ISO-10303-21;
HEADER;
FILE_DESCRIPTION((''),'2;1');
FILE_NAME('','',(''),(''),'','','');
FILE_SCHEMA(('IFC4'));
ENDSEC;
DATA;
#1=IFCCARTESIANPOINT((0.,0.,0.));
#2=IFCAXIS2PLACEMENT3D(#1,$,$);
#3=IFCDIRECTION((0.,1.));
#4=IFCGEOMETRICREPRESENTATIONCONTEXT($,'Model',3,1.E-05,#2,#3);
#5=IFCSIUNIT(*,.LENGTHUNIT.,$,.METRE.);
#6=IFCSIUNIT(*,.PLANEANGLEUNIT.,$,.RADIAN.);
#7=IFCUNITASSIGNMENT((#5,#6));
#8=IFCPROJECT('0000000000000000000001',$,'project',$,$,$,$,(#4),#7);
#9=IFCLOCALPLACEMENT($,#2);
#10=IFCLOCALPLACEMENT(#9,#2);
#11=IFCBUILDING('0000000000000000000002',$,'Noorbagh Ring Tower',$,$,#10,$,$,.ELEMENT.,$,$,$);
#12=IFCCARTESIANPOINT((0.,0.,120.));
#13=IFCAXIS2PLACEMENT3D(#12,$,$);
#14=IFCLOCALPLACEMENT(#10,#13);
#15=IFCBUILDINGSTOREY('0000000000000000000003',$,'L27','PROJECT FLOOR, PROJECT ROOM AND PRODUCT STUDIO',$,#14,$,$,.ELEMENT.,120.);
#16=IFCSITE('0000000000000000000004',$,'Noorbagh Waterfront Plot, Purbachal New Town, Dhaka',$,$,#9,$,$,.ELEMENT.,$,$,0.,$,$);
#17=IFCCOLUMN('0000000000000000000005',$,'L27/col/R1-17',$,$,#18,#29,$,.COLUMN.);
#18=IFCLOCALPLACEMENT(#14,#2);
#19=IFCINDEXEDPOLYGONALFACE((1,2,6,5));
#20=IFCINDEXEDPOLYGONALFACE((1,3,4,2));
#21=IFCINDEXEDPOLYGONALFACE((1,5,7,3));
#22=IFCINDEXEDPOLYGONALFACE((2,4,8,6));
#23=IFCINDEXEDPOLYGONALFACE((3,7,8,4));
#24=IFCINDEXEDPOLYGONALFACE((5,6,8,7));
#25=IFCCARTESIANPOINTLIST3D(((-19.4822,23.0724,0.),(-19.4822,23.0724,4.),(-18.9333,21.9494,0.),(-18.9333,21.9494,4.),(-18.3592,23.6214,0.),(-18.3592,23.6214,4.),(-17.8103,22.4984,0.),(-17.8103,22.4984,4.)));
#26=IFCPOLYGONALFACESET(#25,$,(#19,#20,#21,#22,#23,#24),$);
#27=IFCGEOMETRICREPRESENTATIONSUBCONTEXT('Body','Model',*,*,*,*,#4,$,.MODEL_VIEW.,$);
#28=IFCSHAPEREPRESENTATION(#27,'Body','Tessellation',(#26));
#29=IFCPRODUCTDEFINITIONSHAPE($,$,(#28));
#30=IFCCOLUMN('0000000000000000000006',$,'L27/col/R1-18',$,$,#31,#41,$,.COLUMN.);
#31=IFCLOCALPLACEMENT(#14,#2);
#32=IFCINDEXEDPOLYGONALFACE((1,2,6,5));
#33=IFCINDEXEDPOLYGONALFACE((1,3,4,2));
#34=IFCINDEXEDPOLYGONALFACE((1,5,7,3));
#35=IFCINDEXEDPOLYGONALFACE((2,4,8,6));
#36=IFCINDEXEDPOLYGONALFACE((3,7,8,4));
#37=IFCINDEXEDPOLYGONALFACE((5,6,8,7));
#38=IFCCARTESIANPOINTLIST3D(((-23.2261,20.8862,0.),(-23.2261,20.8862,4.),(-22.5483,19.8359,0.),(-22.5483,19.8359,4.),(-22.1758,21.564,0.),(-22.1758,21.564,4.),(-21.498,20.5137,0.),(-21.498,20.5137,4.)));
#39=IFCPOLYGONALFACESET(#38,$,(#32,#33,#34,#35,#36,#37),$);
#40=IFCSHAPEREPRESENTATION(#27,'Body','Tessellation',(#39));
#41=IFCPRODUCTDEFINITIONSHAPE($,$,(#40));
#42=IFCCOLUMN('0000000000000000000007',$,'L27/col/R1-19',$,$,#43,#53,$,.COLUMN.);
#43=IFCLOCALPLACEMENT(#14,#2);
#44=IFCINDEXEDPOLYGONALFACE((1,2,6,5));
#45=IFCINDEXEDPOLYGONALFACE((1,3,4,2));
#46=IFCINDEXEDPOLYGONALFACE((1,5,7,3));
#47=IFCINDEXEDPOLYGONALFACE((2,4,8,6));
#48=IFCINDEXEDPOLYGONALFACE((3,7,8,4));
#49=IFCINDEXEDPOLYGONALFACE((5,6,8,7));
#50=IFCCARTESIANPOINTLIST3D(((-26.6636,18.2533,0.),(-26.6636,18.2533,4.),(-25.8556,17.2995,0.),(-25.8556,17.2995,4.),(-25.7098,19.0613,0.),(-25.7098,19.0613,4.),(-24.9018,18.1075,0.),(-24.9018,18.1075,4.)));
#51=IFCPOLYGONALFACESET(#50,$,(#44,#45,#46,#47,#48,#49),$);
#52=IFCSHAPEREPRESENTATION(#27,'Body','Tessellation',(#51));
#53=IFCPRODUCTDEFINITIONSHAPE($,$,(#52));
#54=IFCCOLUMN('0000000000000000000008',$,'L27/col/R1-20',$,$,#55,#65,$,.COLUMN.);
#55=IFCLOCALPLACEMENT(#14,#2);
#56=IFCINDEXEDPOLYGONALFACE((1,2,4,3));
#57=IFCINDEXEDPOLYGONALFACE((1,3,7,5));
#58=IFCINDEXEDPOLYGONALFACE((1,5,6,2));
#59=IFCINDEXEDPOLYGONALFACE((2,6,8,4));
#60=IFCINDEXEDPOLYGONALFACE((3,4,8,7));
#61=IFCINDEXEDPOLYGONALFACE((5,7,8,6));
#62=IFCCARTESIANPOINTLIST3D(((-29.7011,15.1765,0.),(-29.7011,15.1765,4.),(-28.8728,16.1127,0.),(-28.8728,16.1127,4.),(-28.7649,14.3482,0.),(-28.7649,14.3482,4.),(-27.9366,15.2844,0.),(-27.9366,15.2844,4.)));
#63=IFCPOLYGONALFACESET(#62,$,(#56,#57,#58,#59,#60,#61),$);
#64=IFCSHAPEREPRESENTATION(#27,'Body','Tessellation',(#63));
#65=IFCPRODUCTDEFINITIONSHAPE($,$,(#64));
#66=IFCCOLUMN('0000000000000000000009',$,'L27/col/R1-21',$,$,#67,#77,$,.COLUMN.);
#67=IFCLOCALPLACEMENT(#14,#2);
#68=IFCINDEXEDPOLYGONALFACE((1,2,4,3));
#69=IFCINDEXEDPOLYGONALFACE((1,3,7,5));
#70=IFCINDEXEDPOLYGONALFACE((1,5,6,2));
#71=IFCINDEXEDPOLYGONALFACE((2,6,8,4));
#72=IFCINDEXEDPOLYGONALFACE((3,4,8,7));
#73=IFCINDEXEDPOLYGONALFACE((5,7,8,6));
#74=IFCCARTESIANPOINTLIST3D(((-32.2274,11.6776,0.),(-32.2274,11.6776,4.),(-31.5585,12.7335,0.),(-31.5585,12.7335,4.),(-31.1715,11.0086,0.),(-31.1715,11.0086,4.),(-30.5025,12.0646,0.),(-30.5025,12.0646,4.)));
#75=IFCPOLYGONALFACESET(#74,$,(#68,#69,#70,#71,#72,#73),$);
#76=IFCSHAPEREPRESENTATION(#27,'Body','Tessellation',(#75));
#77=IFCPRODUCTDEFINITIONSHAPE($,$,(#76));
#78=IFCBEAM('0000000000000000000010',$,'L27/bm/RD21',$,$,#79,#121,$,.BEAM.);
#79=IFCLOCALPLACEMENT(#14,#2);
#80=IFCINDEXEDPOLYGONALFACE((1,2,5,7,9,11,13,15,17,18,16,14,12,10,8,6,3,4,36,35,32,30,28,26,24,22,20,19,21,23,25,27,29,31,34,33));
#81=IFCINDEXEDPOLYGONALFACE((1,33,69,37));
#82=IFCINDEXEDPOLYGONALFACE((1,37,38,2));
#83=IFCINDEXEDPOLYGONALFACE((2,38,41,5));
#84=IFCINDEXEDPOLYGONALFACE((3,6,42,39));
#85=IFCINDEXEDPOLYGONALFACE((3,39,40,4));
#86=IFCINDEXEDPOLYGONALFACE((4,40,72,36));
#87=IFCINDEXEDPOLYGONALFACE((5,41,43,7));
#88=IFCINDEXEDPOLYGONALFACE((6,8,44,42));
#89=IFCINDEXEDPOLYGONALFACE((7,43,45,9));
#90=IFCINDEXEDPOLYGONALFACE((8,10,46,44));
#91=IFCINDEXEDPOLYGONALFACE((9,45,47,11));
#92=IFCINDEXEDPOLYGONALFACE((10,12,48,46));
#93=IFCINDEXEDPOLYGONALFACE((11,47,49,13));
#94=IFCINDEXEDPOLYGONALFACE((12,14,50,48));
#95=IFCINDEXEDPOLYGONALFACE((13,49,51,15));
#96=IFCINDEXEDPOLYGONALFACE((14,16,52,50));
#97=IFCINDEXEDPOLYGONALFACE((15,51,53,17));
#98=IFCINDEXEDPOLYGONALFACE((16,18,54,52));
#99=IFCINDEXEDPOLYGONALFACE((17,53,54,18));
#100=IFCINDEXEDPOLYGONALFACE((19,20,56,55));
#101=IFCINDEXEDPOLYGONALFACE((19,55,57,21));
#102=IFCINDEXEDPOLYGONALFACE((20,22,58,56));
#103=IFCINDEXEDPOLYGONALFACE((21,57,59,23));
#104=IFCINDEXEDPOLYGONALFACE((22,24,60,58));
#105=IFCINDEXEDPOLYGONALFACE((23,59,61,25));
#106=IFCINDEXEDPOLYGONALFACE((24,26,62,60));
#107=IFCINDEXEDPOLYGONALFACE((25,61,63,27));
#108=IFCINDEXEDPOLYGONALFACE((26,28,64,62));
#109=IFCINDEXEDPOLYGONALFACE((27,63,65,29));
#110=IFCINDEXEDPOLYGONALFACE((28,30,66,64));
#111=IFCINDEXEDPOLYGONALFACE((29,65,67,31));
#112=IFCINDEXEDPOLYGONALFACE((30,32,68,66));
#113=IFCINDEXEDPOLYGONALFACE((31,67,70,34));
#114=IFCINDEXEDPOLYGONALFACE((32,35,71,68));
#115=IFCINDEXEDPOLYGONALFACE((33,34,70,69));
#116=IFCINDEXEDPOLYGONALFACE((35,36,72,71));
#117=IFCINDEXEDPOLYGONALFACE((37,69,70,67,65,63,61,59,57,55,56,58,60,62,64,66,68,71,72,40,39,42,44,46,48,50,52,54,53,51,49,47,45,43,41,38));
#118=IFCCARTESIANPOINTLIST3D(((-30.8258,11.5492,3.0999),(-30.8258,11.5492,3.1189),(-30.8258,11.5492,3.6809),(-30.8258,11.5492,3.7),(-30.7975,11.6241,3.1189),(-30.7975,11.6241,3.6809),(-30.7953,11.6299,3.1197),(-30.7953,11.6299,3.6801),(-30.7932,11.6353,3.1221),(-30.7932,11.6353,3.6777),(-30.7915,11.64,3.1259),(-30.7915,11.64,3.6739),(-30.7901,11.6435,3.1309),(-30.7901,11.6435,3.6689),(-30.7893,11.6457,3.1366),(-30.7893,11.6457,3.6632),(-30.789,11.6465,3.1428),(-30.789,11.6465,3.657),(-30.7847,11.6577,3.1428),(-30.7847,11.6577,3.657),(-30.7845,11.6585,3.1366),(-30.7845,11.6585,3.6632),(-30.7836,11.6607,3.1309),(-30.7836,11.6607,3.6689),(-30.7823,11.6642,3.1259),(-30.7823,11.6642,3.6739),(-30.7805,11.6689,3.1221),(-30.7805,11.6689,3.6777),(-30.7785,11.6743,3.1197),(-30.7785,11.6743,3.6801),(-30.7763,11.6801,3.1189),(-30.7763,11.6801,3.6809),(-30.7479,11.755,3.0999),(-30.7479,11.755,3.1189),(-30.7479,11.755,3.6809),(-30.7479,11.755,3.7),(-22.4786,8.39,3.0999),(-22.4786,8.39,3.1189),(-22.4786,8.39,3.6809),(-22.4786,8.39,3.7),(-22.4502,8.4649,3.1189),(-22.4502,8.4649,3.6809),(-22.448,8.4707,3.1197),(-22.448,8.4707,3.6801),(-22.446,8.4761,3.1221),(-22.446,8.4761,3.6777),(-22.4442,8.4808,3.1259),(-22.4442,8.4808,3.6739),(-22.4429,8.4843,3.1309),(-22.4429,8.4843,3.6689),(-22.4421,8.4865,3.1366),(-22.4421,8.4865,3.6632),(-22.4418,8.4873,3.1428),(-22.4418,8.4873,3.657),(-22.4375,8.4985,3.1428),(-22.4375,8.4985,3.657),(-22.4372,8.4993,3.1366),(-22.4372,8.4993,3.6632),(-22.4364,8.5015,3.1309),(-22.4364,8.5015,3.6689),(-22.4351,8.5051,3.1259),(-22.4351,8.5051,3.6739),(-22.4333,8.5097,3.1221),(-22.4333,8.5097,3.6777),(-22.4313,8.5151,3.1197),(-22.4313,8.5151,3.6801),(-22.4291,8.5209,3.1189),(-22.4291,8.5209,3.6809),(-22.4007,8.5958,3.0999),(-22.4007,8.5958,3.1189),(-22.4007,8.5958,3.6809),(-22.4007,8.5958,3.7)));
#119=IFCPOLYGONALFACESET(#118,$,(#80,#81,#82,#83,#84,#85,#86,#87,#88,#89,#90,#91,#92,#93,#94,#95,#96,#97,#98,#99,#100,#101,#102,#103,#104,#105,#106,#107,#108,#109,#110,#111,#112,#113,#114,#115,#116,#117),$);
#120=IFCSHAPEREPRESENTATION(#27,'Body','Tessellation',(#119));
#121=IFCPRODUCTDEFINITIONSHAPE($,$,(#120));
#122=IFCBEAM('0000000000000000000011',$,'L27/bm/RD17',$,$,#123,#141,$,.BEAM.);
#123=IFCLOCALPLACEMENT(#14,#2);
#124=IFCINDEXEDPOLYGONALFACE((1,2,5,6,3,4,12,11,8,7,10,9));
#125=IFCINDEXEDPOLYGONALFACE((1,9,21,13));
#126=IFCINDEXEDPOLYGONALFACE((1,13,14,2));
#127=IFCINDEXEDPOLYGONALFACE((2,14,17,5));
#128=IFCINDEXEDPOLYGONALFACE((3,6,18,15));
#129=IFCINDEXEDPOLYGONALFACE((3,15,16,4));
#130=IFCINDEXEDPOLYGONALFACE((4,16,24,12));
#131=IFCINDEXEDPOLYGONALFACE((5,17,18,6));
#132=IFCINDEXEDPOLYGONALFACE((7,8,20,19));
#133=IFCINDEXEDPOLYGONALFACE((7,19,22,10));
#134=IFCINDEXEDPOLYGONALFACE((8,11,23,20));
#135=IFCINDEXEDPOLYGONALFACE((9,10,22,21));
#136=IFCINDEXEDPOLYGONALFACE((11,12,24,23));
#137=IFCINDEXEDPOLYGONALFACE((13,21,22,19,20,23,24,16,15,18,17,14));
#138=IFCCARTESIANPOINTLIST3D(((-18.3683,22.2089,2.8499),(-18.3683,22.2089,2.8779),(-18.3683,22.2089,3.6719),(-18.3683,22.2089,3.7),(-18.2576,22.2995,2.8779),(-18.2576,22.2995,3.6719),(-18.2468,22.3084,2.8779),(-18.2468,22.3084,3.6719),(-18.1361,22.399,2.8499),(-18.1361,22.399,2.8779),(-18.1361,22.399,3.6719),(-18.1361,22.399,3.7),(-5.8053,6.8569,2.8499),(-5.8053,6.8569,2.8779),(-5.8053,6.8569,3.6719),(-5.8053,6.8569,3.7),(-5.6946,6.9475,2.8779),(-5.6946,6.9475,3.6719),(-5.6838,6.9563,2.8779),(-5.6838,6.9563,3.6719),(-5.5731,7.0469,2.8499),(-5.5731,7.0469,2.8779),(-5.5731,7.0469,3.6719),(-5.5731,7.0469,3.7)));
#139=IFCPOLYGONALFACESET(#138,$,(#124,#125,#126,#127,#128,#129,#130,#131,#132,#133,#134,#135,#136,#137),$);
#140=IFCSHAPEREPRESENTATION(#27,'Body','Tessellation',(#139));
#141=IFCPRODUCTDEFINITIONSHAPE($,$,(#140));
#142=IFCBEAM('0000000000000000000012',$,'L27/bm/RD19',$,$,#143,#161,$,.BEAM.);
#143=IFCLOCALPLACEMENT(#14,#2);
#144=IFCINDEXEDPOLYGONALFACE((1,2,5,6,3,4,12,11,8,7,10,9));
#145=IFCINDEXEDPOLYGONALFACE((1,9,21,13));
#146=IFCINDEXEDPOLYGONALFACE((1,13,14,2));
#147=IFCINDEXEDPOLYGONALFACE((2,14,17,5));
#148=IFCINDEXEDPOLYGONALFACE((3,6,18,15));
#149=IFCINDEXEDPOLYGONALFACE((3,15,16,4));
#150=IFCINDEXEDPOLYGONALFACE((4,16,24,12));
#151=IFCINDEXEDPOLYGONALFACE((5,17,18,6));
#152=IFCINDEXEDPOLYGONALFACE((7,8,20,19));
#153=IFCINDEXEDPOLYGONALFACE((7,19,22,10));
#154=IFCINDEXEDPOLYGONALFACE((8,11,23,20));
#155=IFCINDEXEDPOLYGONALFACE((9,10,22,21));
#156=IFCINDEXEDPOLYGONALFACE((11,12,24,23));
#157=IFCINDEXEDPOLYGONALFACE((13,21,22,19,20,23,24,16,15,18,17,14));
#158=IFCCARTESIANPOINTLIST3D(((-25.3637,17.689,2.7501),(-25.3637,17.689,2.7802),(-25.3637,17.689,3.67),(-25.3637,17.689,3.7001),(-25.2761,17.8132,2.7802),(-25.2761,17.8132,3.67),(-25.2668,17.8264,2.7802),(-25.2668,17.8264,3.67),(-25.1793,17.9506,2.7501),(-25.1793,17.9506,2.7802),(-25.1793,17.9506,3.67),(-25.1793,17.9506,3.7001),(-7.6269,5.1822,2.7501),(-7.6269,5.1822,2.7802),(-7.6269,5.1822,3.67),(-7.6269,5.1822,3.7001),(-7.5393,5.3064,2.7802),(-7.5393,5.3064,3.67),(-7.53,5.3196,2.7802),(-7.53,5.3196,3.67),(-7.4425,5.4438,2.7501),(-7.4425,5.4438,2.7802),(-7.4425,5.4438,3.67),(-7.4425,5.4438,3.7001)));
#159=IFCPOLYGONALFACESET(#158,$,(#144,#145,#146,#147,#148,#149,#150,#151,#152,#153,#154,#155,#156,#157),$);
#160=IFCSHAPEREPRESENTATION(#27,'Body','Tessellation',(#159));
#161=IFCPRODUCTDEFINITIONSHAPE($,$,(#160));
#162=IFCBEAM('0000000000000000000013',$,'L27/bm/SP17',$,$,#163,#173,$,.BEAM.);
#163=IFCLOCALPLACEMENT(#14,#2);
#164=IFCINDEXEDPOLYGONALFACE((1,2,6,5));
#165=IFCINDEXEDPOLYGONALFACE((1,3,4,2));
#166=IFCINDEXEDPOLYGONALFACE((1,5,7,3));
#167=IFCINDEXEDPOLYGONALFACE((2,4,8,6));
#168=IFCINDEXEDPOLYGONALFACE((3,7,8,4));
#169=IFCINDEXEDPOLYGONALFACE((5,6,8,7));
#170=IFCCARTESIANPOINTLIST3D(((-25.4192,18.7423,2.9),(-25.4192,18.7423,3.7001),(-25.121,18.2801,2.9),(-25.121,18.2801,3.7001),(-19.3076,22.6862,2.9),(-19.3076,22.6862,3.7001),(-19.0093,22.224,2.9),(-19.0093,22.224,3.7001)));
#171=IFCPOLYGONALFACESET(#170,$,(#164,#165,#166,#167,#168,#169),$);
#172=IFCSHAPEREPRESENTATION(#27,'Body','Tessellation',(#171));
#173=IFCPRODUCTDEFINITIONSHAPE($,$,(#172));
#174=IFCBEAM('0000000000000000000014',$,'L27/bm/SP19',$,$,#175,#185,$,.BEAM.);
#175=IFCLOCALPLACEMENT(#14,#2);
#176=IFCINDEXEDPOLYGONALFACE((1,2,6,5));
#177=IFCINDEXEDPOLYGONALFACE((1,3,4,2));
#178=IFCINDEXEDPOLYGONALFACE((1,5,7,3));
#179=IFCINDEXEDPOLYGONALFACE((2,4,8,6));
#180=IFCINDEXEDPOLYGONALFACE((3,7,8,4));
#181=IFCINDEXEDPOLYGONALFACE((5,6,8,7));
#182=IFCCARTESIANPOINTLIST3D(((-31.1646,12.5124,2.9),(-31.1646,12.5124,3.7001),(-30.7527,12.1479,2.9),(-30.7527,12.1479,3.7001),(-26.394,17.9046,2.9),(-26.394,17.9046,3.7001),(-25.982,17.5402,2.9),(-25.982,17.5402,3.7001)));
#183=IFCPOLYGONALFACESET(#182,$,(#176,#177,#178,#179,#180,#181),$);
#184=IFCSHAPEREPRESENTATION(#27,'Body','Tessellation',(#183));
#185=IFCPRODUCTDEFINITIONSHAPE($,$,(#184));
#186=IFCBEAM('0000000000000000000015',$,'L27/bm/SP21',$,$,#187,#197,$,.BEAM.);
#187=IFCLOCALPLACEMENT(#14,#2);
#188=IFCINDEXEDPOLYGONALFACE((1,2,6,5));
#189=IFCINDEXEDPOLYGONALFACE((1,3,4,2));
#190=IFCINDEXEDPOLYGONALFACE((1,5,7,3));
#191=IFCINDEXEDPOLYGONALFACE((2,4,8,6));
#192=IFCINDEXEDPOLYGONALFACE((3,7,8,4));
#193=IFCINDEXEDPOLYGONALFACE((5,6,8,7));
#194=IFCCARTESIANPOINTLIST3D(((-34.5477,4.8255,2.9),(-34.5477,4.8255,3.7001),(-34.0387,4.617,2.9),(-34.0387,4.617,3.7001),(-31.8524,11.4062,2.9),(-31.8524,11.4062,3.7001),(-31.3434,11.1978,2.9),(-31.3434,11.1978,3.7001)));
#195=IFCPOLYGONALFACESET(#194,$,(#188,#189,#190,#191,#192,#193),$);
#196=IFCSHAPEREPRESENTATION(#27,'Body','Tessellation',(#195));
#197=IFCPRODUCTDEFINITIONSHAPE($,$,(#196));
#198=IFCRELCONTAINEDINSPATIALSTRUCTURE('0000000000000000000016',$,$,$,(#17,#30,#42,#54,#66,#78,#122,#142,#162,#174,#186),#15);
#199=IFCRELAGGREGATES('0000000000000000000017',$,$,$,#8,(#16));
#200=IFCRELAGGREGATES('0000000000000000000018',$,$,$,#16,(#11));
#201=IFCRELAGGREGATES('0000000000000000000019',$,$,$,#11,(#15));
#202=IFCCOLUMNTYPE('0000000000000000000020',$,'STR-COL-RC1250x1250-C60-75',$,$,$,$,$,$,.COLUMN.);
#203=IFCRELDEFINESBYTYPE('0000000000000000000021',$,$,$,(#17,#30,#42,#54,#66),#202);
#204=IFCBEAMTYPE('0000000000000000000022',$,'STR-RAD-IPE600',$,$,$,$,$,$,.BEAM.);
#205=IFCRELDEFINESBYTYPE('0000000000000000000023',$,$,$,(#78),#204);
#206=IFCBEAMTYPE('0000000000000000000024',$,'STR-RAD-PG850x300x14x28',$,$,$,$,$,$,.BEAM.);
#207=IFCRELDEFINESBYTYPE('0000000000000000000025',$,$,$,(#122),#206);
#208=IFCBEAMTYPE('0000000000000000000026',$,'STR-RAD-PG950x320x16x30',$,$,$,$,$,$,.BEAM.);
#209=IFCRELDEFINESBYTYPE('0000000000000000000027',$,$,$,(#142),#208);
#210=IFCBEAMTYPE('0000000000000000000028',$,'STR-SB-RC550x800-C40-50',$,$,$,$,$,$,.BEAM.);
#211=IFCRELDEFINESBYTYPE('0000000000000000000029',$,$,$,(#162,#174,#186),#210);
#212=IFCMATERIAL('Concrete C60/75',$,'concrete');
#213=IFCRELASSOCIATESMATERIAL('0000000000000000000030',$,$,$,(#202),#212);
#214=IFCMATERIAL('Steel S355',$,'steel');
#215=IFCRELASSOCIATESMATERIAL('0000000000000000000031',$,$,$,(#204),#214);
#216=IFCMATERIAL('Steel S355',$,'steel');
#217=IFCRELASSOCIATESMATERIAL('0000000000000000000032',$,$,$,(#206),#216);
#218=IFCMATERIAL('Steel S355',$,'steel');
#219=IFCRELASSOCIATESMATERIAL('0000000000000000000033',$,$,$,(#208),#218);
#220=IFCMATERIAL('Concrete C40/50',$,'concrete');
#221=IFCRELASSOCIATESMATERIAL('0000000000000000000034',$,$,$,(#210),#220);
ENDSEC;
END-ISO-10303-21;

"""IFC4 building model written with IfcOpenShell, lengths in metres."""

from ifc_helpers import new_model, si_unit, direction, frame, origin, origin_2d, place, context, subcontext, project, spatial, rectangle, i_section, extrude, material, material_profile, profile_set, type_object, element, save


model = new_model("IFC4")

# Units and contexts
model_context = context("Model", 3, precision=1e-05, world=origin(), true_north=direction((0.0, 1.0)))
body_context = subcontext(model_context, "Body", "Model", "MODEL_VIEW")
ifc_project = project(units=[si_unit("LENGTHUNIT", "METRE"), si_unit("PLANEANGLEUNIT", "RADIAN")], contexts=[model_context])

# Site, building, storey
site_placement = place(None, origin())
site = spatial("IfcSite", under=ifc_project, at=site_placement, Name="Noorbagh Waterfront Plot, Purbachal New Town, Dhaka", CompositionType="ELEMENT", RefElevation=0.0)
building_placement = place(site_placement, origin())
building = spatial("IfcBuilding", under=site, at=building_placement, Name="Noorbagh Ring Tower", CompositionType="ELEMENT")
storey_placement = place(building_placement, frame((0.0, 0.0, 120.0)))
storey = spatial("IfcBuildingStorey", under=building, at=storey_placement, Name="L27", Description="PROJECT FLOOR, PROJECT ROOM AND PRODUCT STUDIO", CompositionType="ELEMENT", Elevation=120.0)

# Columns
ifc_material_1 = material(Name="Concrete C60/75", Category="concrete")
ifc_material_profile_1 = material_profile(ifc_material_1, rectangle(XDim=1.25, YDim=1.25, at=origin_2d()), Name="RC1250x1250")
ifc_profile_set_1 = profile_set([ifc_material_profile_1], Name="Concrete C60/75")
column_type = type_object("IfcColumnType", Name="STR-COL-RC1250x1250-C60-75", PredefinedType="COLUMN", material=ifc_profile_set_1)
for number, where, z_axis, x_axis, name in (
    (1, (-18.6462, 22.7854, 0.0), (0.0, 0.0, 1.0), (-0.898399, -0.43918, 0.0), "L27/col/R1-17"),
    (2, (-22.3621, 20.7, 0.0), (0.0, 0.0, 1.0), (-0.840248, -0.542203, 0.0), "L27/col/R1-18"),
    (3, (-25.7827, 18.1804, 0.0), (0.0, 0.0, 1.0), (-0.763035, -0.646357, 0.0), "L27/col/R1-19"),
    (4, (-28.8188, 15.2305, 0.0), (0.0, 0.0, 1.0), (-0.662636, -0.748942, 0.0), "L27/col/R1-20"),
    (5, (-31.365, 11.8711, 0.0), (0.0, 0.0, 1.0), (-0.53519, -0.844731, 0.0), "L27/col/R1-21"),
):
    element("IfcColumn", number, at=place(storey_placement, frame(where, z_axis=z_axis, x_axis=x_axis)), inside=storey, type_object=column_type, Name=name, PredefinedType="COLUMN", context=body_context, shape_type="SweptSolid", body=[
        extrude(rectangle(XDim=1.25, YDim=1.25, at=origin_2d()), origin(), (0.0, 0.0, 1.0), 4.0),
    ])

# Beams
ifc_material_2 = material(Name="Steel S355", Category="steel")
ifc_material_profile_2 = material_profile(ifc_material_2, i_section(OverallWidth=0.22, OverallDepth=0.6001, WebThickness=0.012, FlangeThickness=0.019, FilletRadius=0.0239, at=origin_2d()), Name="IPE600")
ifc_profile_set_2 = profile_set([ifc_material_profile_2], Name="Steel S355")
beam_type_1 = type_object("IfcBeamType", Name="STR-RAD-IPE600", PredefinedType="BEAM", material=ifc_profile_set_2)
beam_1_placement = place(storey_placement, frame((-30.7869, 11.6521, 3.3999), z_axis=(0.935257, -0.35397, 0.0), x_axis=(0.35397, 0.935257, 0.0)))
element("IfcBeam", 6, at=beam_1_placement, inside=storey, type_object=beam_type_1, Name="L27/bm/RD21", PredefinedType="BEAM", context=body_context, shape_type="SweptSolid", body=[
    extrude(i_section(OverallWidth=0.22, OverallDepth=0.6001, WebThickness=0.012, FlangeThickness=0.019, FilletRadius=0.0239, at=origin_2d()), origin(), (0.0, 0.0, 1.0), 8.925),
])
ifc_material_3 = material(Name="Steel S355", Category="steel")
ifc_material_profile_3 = material_profile(ifc_material_3, i_section(OverallWidth=0.3, OverallDepth=0.8501, WebThickness=0.0139, FlangeThickness=0.0281, at=origin_2d()), Name="PG850x300x14x28")
ifc_profile_set_3 = profile_set([ifc_material_profile_3], Name="Steel S355")
beam_type_2 = type_object("IfcBeamType", Name="STR-RAD-PG850x300x14x28", PredefinedType="BEAM", material=ifc_profile_set_3)
beam_2_placement = place(storey_placement, frame((-18.2522, 22.304, 3.2749), z_axis=(0.633305, -0.773902, 0.0), x_axis=(0.773902, 0.633305, 0.0)))
element("IfcBeam", 7, at=beam_2_placement, inside=storey, type_object=beam_type_2, Name="L27/bm/RD17", PredefinedType="BEAM", context=body_context, shape_type="SweptSolid", body=[
    extrude(i_section(OverallWidth=0.3, OverallDepth=0.8501, WebThickness=0.0139, FlangeThickness=0.0281, at=origin_2d()), origin(), (0.0, 0.0, 1.0), 19.8372),
])
ifc_material_4 = material(Name="Steel S355", Category="steel")
ifc_material_profile_4 = material_profile(ifc_material_4, i_section(OverallWidth=0.3201, OverallDepth=0.95, WebThickness=0.0161, FlangeThickness=0.03, at=origin_2d()), Name="PG950x320x16x30")
ifc_profile_set_4 = profile_set([ifc_material_profile_4], Name="Steel S355")
beam_type_3 = type_object("IfcBeamType", Name="STR-RAD-PG950x320x16x30", PredefinedType="BEAM", material=ifc_profile_set_4)
beam_3_placement = place(storey_placement, frame((-25.2715, 17.8198, 3.2251), z_axis=(0.817256, -0.576275, 0.0), x_axis=(0.576275, 0.817256, 0.0)))
element("IfcBeam", 8, at=beam_3_placement, inside=storey, type_object=beam_type_3, Name="L27/bm/RD19", PredefinedType="BEAM", context=body_context, shape_type="SweptSolid", body=[
    extrude(i_section(OverallWidth=0.3201, OverallDepth=0.95, WebThickness=0.0161, FlangeThickness=0.03, at=origin_2d()), origin(), (0.0, 0.0, 1.0), 21.7029),
])
ifc_material_5 = material(Name="Concrete C40/50", Category="concrete")
ifc_material_profile_5 = material_profile(ifc_material_5, rectangle(XDim=0.55, YDim=0.8, at=origin_2d()), Name="RC550x800")
ifc_profile_set_5 = profile_set([ifc_material_profile_5], Name="Concrete C40/50")
beam_type_4 = type_object("IfcBeamType", Name="STR-SB-RC550x800-C40-50", PredefinedType="BEAM", material=ifc_profile_set_5)
beam_4_placement = place(storey_placement, frame((-19.1584, 22.4551, 3.3), z_axis=(-0.84024, -0.542214, 0.0), x_axis=(0.542214, -0.84024, 0.0)))
element("IfcBeam", 9, at=beam_4_placement, inside=storey, type_object=beam_type_4, Name="L27/bm/SP17", PredefinedType="BEAM", context=body_context, shape_type="SweptSolid", body=[
    extrude(rectangle(XDim=0.55, YDim=0.8, at=origin_2d()), origin(), (0.0, 0.0, 1.0), 7.2737),
])
beam_5_placement = place(storey_placement, frame((-26.188, 17.7224, 3.3), z_axis=(-0.662621, -0.748954, 0.0), x_axis=(0.748954, -0.662621, 0.0)))
element("IfcBeam", 10, at=beam_5_placement, inside=storey, type_object=beam_type_4, Name="L27/bm/SP19", PredefinedType="BEAM", context=body_context, shape_type="SweptSolid", body=[
    extrude(rectangle(XDim=0.55, YDim=0.8, at=origin_2d()), origin(), (0.0, 0.0, 1.0), 7.1997),
])
beam_6_placement = place(storey_placement, frame((-31.5979, 11.302, 3.3), z_axis=(-0.379014, -0.925391, 0.0), x_axis=(0.925391, -0.379014, 0.0)))
element("IfcBeam", 11, at=beam_6_placement, inside=storey, type_object=beam_type_4, Name="L27/bm/SP21", PredefinedType="BEAM", context=body_context, shape_type="SweptSolid", body=[
    extrude(rectangle(XDim=0.55, YDim=0.8, at=origin_2d()), origin(), (0.0, 0.0, 1.0), 7.1113),
])

save(model, "model.ifc")
